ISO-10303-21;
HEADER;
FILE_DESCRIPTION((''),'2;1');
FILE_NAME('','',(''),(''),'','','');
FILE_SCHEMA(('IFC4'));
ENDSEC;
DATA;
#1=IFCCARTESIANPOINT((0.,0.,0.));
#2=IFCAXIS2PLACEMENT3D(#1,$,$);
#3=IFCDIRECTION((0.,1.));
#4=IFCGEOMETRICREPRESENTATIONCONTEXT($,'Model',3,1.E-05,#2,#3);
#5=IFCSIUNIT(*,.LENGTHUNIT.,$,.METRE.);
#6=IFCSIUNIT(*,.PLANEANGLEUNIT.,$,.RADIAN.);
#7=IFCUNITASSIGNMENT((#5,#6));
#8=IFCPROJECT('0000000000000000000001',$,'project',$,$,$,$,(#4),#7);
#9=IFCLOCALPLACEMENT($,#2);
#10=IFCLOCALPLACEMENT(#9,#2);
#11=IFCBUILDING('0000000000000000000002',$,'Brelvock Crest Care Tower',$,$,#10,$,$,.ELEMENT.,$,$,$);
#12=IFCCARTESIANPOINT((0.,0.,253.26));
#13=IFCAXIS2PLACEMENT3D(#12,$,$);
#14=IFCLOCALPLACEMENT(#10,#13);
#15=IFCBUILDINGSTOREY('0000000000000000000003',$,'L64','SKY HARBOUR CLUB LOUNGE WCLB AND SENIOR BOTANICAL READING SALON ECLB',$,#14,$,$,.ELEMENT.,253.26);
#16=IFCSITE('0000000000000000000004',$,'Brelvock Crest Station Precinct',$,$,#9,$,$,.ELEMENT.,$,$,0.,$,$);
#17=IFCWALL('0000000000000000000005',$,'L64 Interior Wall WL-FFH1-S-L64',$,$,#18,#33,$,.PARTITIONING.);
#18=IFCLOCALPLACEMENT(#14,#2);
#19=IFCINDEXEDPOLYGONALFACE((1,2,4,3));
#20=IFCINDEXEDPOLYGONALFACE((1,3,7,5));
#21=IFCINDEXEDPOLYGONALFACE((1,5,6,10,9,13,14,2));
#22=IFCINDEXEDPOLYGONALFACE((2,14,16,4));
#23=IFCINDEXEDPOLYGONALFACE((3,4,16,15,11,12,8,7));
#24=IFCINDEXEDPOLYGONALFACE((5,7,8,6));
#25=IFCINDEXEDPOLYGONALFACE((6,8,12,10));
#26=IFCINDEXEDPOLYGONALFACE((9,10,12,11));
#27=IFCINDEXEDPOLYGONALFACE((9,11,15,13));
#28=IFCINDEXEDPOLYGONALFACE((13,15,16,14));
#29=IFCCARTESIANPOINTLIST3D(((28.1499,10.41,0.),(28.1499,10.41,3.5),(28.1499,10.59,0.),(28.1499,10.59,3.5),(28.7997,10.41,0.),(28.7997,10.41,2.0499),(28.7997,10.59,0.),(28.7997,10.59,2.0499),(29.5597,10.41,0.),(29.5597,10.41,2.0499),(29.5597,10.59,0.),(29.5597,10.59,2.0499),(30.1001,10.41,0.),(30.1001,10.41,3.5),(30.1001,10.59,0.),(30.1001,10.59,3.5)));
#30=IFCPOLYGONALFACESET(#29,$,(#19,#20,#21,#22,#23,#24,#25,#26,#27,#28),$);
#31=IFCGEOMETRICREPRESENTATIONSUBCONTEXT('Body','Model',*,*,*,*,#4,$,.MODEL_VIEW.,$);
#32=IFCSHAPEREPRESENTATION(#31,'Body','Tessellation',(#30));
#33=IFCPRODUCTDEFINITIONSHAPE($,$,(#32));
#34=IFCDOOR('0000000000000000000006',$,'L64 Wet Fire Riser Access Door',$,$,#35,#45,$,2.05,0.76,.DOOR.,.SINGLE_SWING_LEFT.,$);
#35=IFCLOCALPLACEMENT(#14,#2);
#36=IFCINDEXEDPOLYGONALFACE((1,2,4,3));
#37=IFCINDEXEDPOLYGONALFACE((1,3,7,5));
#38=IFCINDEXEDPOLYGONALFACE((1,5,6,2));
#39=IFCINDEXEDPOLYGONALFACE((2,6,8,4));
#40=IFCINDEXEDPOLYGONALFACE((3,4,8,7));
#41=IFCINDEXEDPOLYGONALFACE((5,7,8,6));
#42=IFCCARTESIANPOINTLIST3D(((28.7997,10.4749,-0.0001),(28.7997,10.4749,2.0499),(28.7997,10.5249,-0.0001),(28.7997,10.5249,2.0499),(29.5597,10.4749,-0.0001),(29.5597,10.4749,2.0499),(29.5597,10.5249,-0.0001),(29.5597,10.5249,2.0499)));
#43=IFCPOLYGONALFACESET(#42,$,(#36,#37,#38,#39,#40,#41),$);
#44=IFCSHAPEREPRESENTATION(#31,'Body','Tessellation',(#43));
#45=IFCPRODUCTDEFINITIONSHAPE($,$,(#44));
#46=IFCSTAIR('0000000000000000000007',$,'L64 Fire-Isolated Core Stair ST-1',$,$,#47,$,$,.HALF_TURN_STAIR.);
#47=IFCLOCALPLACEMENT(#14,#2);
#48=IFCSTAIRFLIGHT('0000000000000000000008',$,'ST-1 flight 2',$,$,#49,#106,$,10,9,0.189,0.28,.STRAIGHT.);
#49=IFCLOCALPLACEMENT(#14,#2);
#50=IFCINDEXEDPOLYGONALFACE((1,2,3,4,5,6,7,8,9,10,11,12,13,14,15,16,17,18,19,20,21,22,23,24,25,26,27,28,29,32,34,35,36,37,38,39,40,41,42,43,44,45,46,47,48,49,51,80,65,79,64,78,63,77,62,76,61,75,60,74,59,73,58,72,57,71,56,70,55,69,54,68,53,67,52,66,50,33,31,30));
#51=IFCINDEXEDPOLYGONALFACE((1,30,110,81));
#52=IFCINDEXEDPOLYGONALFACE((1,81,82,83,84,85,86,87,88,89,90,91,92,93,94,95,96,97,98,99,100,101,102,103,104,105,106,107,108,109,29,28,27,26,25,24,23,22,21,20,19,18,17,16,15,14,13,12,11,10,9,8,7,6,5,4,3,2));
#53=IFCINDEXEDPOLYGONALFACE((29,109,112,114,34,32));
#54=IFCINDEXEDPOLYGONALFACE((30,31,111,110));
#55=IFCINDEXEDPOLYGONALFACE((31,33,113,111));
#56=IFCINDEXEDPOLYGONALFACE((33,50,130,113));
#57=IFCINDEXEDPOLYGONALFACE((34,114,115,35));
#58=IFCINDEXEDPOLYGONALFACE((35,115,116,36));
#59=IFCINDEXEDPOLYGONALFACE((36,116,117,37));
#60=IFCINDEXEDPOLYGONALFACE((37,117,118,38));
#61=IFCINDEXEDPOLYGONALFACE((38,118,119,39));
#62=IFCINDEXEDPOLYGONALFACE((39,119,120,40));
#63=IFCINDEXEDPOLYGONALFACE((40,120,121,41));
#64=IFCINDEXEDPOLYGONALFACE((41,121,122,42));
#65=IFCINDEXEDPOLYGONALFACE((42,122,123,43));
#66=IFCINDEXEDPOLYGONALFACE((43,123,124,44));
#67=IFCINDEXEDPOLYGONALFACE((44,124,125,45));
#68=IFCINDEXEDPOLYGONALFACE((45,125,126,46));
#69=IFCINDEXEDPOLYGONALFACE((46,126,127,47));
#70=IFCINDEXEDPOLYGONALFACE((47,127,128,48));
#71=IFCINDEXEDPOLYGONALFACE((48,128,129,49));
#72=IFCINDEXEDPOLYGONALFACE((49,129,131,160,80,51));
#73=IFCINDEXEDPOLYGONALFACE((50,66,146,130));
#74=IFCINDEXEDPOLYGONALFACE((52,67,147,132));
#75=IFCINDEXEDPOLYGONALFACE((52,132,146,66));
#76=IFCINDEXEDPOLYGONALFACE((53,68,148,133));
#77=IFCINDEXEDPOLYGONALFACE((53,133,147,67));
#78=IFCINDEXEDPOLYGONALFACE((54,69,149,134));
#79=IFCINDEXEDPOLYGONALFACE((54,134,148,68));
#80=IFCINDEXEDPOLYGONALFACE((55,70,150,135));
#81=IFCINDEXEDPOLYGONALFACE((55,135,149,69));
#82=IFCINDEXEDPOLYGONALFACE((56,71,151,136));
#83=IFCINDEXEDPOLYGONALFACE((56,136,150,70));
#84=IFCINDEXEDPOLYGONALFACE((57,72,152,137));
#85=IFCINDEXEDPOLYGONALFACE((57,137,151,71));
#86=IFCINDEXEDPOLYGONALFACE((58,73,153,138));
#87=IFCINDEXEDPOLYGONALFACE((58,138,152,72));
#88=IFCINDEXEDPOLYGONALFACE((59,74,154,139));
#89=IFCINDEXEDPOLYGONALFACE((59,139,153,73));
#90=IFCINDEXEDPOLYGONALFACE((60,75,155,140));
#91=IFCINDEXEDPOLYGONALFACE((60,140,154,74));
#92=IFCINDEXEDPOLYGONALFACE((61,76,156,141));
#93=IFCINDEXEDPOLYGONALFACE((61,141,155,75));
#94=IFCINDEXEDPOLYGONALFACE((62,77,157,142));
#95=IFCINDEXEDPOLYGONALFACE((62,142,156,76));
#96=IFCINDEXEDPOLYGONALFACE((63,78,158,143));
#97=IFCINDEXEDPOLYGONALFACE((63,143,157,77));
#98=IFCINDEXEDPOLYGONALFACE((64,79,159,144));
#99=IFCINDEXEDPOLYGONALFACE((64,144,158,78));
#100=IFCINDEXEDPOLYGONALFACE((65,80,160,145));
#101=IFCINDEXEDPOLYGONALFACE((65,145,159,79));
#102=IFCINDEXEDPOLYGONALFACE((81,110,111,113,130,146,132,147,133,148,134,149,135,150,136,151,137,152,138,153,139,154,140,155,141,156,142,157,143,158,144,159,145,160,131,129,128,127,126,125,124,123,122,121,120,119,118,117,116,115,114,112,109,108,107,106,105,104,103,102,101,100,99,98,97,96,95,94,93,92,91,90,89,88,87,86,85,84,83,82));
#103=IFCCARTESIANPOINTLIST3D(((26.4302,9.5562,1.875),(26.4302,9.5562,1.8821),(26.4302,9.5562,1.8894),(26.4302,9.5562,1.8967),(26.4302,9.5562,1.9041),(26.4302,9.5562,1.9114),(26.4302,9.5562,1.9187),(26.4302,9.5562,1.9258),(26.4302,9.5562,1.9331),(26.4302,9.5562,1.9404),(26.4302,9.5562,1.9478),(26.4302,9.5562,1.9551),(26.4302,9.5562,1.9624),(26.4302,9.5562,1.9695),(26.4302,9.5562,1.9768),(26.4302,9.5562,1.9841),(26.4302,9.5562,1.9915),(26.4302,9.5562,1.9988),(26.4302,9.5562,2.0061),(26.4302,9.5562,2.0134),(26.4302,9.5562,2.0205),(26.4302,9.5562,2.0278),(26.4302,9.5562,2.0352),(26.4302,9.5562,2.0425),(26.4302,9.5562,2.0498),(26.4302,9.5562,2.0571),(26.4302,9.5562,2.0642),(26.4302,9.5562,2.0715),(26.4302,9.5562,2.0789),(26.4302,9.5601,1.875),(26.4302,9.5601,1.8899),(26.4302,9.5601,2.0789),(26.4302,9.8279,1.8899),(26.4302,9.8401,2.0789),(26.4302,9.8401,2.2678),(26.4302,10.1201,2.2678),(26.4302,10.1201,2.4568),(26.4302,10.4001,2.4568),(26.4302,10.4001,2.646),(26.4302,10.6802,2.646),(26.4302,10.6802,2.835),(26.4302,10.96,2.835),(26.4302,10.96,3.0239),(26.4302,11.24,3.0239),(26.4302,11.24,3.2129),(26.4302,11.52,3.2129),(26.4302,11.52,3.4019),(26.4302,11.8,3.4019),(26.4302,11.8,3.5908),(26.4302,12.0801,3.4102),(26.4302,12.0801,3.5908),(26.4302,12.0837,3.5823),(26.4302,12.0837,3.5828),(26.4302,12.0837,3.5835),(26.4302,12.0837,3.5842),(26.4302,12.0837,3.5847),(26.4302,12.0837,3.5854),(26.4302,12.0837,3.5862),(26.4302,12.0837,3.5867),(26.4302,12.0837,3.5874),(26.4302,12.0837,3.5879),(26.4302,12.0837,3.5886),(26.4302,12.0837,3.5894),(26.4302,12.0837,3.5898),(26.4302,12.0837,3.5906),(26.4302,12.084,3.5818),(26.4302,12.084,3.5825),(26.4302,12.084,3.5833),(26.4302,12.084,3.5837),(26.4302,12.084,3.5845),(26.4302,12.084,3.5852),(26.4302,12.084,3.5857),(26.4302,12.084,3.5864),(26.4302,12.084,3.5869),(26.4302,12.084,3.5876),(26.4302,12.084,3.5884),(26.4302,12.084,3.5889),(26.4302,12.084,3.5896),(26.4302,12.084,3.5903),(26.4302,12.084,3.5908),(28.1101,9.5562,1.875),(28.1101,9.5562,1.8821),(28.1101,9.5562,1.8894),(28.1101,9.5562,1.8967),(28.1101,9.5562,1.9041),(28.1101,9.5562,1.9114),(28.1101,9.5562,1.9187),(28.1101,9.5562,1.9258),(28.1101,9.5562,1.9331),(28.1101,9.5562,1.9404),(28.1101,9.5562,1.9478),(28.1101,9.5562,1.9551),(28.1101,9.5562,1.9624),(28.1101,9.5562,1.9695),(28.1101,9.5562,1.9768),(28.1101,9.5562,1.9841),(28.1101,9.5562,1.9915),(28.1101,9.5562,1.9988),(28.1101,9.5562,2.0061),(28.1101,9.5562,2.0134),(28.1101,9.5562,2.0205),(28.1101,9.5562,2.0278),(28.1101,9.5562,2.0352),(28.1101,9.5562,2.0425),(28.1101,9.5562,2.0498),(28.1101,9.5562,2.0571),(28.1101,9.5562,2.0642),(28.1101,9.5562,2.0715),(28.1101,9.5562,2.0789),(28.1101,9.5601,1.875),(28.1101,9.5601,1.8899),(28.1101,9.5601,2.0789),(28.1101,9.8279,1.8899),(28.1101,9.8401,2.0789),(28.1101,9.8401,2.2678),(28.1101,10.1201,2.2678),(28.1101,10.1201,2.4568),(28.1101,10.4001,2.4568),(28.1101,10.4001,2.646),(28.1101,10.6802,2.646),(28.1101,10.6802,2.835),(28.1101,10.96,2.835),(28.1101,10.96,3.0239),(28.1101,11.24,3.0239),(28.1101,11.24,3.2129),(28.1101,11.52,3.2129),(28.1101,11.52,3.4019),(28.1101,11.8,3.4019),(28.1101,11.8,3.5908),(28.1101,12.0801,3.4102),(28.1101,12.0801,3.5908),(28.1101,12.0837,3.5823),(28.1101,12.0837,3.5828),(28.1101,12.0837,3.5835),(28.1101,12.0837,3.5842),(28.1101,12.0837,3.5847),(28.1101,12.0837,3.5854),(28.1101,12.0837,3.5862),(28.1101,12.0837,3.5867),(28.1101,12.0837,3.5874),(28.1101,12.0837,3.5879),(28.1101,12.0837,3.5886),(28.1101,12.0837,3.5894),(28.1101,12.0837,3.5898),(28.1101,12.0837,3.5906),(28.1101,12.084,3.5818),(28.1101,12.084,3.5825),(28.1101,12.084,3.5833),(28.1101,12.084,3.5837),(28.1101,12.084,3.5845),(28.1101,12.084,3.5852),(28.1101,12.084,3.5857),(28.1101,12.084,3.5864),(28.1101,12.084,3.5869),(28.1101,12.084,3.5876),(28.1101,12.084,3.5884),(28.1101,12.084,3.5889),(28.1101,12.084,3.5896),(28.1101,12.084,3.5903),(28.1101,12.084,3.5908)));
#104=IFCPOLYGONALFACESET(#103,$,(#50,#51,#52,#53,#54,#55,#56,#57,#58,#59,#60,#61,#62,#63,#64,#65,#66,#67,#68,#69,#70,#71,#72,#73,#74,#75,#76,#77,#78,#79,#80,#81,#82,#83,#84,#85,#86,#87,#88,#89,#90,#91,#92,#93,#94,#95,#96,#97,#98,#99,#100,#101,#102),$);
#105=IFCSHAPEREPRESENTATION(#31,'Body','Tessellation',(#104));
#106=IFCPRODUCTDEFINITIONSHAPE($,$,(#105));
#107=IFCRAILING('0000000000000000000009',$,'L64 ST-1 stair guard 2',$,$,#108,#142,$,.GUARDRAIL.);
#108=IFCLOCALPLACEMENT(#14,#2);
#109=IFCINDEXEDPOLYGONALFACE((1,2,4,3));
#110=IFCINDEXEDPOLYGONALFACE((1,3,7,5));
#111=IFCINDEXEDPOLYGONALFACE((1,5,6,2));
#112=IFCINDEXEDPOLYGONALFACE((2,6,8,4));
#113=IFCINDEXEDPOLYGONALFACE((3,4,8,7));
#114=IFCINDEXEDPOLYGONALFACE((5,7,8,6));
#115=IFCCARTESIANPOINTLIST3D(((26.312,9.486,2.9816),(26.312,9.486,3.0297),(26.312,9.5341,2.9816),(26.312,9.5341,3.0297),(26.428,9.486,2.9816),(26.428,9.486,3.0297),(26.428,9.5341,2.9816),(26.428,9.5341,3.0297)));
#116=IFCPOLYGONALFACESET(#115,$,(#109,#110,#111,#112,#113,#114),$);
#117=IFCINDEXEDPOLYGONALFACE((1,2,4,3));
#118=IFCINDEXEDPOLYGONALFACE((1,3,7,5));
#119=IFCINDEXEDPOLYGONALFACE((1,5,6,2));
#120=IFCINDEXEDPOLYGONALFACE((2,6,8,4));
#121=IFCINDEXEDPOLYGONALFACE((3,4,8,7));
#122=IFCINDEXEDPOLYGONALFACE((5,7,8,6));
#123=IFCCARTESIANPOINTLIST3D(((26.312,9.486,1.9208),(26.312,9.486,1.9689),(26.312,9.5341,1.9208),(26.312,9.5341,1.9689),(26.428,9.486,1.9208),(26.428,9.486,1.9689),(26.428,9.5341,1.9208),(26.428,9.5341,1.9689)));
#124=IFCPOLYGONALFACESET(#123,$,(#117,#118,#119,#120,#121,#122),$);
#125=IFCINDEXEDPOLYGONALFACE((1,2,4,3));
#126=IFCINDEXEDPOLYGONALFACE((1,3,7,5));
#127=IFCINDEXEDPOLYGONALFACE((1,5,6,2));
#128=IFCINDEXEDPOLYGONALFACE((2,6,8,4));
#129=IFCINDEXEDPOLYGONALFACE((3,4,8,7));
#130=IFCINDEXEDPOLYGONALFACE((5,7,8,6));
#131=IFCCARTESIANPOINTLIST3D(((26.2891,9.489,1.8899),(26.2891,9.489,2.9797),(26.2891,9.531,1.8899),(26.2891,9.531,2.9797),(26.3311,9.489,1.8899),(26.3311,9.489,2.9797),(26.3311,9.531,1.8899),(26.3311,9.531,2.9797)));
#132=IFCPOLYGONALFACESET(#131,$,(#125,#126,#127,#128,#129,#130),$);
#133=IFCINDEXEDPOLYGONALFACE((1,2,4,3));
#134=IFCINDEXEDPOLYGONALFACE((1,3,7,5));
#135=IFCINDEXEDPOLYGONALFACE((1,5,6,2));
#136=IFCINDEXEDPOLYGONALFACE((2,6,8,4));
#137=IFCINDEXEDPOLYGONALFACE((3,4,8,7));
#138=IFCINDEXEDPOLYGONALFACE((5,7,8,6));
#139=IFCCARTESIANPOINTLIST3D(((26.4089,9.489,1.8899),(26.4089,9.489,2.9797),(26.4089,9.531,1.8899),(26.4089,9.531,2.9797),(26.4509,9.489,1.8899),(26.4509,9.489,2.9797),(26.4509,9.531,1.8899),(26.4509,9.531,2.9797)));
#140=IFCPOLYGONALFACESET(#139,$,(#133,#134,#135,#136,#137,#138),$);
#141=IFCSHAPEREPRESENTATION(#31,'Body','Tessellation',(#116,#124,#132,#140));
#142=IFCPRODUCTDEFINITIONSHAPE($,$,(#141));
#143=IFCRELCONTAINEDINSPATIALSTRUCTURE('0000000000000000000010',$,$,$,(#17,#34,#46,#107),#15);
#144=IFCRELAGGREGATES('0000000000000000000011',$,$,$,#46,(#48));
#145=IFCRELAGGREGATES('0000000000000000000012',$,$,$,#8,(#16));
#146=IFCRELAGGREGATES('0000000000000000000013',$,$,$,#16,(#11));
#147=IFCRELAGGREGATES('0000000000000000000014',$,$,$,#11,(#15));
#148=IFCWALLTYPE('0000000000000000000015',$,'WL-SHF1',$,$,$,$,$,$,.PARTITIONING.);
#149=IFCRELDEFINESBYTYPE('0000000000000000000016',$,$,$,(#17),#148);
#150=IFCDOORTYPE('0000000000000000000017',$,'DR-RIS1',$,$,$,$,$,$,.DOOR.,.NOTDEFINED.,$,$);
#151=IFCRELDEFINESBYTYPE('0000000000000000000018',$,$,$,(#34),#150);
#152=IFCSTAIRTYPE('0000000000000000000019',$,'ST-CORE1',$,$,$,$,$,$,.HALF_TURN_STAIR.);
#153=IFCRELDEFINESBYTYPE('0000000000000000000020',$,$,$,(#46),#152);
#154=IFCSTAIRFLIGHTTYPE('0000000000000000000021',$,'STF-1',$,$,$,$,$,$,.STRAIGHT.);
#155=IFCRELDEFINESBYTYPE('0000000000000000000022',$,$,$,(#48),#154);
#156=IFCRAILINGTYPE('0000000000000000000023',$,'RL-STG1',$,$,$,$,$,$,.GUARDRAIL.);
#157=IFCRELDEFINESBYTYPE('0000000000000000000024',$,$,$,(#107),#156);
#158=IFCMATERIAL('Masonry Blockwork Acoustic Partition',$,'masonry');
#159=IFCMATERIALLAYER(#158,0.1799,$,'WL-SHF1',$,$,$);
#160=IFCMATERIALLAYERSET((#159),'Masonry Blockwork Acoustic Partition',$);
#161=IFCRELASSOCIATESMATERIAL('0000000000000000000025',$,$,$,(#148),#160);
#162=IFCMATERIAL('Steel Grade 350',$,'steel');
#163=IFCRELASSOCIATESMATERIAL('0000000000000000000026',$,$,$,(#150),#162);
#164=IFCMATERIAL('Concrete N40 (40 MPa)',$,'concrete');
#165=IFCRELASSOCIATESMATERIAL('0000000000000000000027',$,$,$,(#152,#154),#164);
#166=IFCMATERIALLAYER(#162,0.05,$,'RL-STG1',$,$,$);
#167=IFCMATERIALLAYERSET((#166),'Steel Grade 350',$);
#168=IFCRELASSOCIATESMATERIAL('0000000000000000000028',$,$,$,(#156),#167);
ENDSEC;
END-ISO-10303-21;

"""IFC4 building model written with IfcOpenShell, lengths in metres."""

from ifc_helpers import new_model, si_unit, direction, frame, frame_2d, origin, origin_2d, place, context, subcontext, project, spatial, polyline, rectangle, outline, extrude, source, transform, mapped, material, layer, layer_set, type_object, element, fill, aggregate, save


model = new_model("IFC4")

# Units and contexts
model_context = context("Model", 3, precision=1e-05, world=origin(), true_north=direction((0.0, 1.0)))
body_context = subcontext(model_context, "Body", "Model", "MODEL_VIEW")
ifc_project = project(units=[si_unit("LENGTHUNIT", "METRE"), si_unit("PLANEANGLEUNIT", "RADIAN")], contexts=[model_context])

# Site, building, storey
site_placement = place(None, origin())
site = spatial("IfcSite", under=ifc_project, at=site_placement, Name="Brelvock Crest Station Precinct", CompositionType="ELEMENT", RefElevation=0.0)
building_placement = place(site_placement, origin())
building = spatial("IfcBuilding", under=site, at=building_placement, Name="Brelvock Crest Care Tower", CompositionType="ELEMENT")
storey_placement = place(building_placement, frame((0.0, 0.0, 253.26)))
storey = spatial("IfcBuildingStorey", under=building, at=storey_placement, Name="L64", Description="SKY HARBOUR CLUB LOUNGE WCLB AND SENIOR BOTANICAL READING SALON ECLB", CompositionType="ELEMENT", Elevation=253.26)

# Shared definitions
ifc_material_1 = material(Name="Steel Grade 350", Category="steel")

# Shared definitions
ifc_material_2 = material(Name="Masonry Blockwork Acoustic Partition", Category="masonry")
ifc_layer_1 = layer(ifc_material_2, 0.1799, Name="WL-SHF1")
ifc_layer_set_1 = layer_set([ifc_layer_1], Name="Masonry Blockwork Acoustic Partition")
wall_type_1 = type_object("IfcWallType", Name="WL-SHF1", PredefinedType="PARTITIONING", material=ifc_layer_set_1)

# Wall, opening, door
wall_1_placement = place(storey_placement, frame((28.1499, 10.5, 0.0), z_axis=(0.0, 0.0, 1.0), x_axis=(1.0, 0.0, 0.0)))
wall_1 = element("IfcWall", 1, at=wall_1_placement, inside=storey, type_object=wall_type_1, Name="L64 Interior Wall WL-FFH1-S-L64", PredefinedType="PARTITIONING", context=body_context, shape_type="SweptSolid", body=[
    extrude(rectangle(XDim=1.9502, YDim=0.1799, at=frame_2d((0.9751, 0.0))), origin(), (0.0, 0.0, 1.0), 3.5),
])
opening_1_placement = place(wall_1_placement, frame((0.6499, 0.0, 0.0)))
opening_1 = element("IfcOpeningElement", 2, at=opening_1_placement, cuts=wall_1, PredefinedType="OPENING", context=body_context, shape_type="SweptSolid", body=[
    extrude(rectangle(XDim=0.76, YDim=2.05, at=origin_2d()), frame((0.3799, 0.1001, 1.0249), z_axis=(0.0, -1.0, 0.0), x_axis=(1.0, 0.0, 0.0)), (0.0, 0.0, 1.0), 0.2),
])
door_type_1 = type_object("IfcDoorType", Name="DR-RIS1", OperationType="NOTDEFINED", PredefinedType="DOOR", material=ifc_material_1)
shared_shape_1 = source(origin(), body_context, "Body", "SweptSolid", [
    extrude(rectangle(XDim=0.76, YDim=2.05, at=origin_2d()), frame((0.3799, 0.0249, 1.0249), z_axis=(0.0, -1.0, 0.0), x_axis=(1.0, 0.0, 0.0)), (0.0, 0.0, 1.0), 0.05),
])
door_1_placement = place(opening_1_placement, origin())
door_1 = element("IfcDoor", 3, at=door_1_placement, inside=storey, type_object=door_type_1, Name="L64 Wet Fire Riser Access Door", OperationType="SINGLE_SWING_LEFT", OverallHeight=2.05, OverallWidth=0.76, PredefinedType="DOOR", context=body_context, shape_type="MappedRepresentation", body=[
    mapped(shared_shape_1, transform((0.0, 0.0, 0.0), x_axis=(1.0, 0.0, 0.0), y_axis=(0.0, 1.0, 0.0), z_axis=(0.0, 0.0, 1.0), scale=1.0)),
])
fill(opening_1, door_1)

# Stair, stair flight
ifc_material_3 = material(Name="Concrete N40 (40 MPa)", Category="concrete")
stair_type = type_object("IfcStairType", Name="ST-CORE1", PredefinedType="HALF_TURN_STAIR", material=ifc_material_3)
stair_placement = place(storey_placement, origin())
stair = element("IfcStair", 4, at=stair_placement, inside=storey, type_object=stair_type, Name="L64 Fire-Isolated Core Stair ST-1", PredefinedType="HALF_TURN_STAIR")
stair_flight_type = type_object("IfcStairFlightType", Name="STF-1", PredefinedType="STRAIGHT", material=ifc_material_3)
stair_flight_placement = place(storey_placement, frame((27.27, 9.5601, 1.8899), z_axis=(0.0, 0.0, 1.0), x_axis=(0.0, 1.0, 0.0)))
stair_flight = element("IfcStairFlight", 5, at=stair_flight_placement, type_object=stair_flight_type, Name="ST-1 flight 2", NumberOfRisers=10, NumberOfTreads=9, PredefinedType="STRAIGHT", RiserHeight=0.189, TreadLength=0.28, context=body_context, shape_type="SweptSolid", body=[
    extrude(outline(polyline([(-0.0039, -0.0149), (-0.0039, -0.0078), (-0.0039, -0.0005), (-0.0039, 0.0068), (-0.0039, 0.0142), (-0.0039, 0.0215), (-0.0039, 0.0288), (-0.0039, 0.0359), (-0.0039, 0.0432), (-0.0039, 0.0505), (-0.0039, 0.0579), (-0.0039, 0.0652), (-0.0039, 0.0725), (-0.0039, 0.0796), (-0.0039, 0.0869), (-0.0039, 0.0942), (-0.0039, 0.1016), (-0.0039, 0.1089), (-0.0039, 0.1162), (-0.0039, 0.1235), (-0.0039, 0.1306), (-0.0039, 0.1379), (-0.0039, 0.1453), (-0.0039, 0.1526), (-0.0039, 0.1599), (-0.0039, 0.1672), (-0.0039, 0.1743), (-0.0039, 0.1816), (-0.0039, 0.189), (0.0, 0.189), (0.28, 0.189), (0.28, 0.3779), (0.5601, 0.3779), (0.5601, 0.5669), (0.8401, 0.5669), (0.8401, 0.7561), (1.1201, 0.7561), (1.1201, 0.9451), (1.3999, 0.9451), (1.3999, 1.134), (1.6799, 1.134), (1.6799, 1.323), (1.96, 1.323), (1.96, 1.512), (2.24, 1.512), (2.24, 1.7009), (2.52, 1.7009), (2.5239, 1.7009), (2.5237, 1.7007), (2.5239, 1.7004), (2.5237, 1.7), (2.5239, 1.6997), (2.5237, 1.6995), (2.5239, 1.699), (2.5237, 1.6987), (2.5239, 1.6985), (2.5237, 1.698), (2.5239, 1.6978), (2.5237, 1.6975), (2.5239, 1.697), (2.5237, 1.6968), (2.5239, 1.6965), (2.5237, 1.6963), (2.5239, 1.6958), (2.5237, 1.6956), (2.5239, 1.6953), (2.5237, 1.6948), (2.5239, 1.6946), (2.5237, 1.6943), (2.5239, 1.6938), (2.5237, 1.6936), (2.5239, 1.6934), (2.5237, 1.6929), (2.5239, 1.6926), (2.5237, 1.6924), (2.5239, 1.6919), (2.52, 1.5203), (0.2678, 0.0), (0.0, 0.0), (0.0, -0.0149), (-0.0039, -0.0149)])), frame((0.0, 0.8398, 0.0), z_axis=(0.0, -1.0, 0.0), x_axis=(1.0, 0.0, 0.0)), (0.0, 0.0, 1.0), 1.6799),
])
aggregate(stair, [stair_flight])

# Railing
ifc_layer_2 = layer(ifc_material_1, 0.05, Name="RL-STG1")
ifc_layer_set_2 = layer_set([ifc_layer_2], Name="Steel Grade 350")
railing_type_1 = type_object("IfcRailingType", Name="RL-STG1", PredefinedType="GUARDRAIL", material=ifc_layer_set_2)
railing_1_placement = place(storey_placement, frame((26.3101, 9.51, 1.8899)))
element("IfcRailing", 6, at=railing_1_placement, inside=storey, type_object=railing_type_1, Name="L64 ST-1 stair guard 2", PredefinedType="GUARDRAIL", context=body_context, shape_type="SweptSolid", body=[
    extrude(rectangle(XDim=0.0481, YDim=0.0481, at=origin_2d()), frame((0.002, 0.0, 1.1157), z_axis=(1.0, 0.0, 0.0), x_axis=(0.0, 1.0, 0.0)), (0.0, 0.0, 1.0), 0.116),
    extrude(rectangle(XDim=0.0481, YDim=0.0481, at=origin_2d()), frame((0.002, 0.0, 0.0549), z_axis=(1.0, 0.0, 0.0), x_axis=(0.0, 1.0, 0.0)), (0.0, 0.0, 1.0), 0.116),
    extrude(rectangle(XDim=0.042, YDim=0.042, at=origin_2d()), origin(), (0.0, 0.0, 1.0), 1.0898),
    extrude(rectangle(XDim=0.042, YDim=0.042, at=origin_2d()), frame((0.1199, 0.0, 0.0)), (0.0, 0.0, 1.0), 1.0898),
])

save(model, "model.ifc")
